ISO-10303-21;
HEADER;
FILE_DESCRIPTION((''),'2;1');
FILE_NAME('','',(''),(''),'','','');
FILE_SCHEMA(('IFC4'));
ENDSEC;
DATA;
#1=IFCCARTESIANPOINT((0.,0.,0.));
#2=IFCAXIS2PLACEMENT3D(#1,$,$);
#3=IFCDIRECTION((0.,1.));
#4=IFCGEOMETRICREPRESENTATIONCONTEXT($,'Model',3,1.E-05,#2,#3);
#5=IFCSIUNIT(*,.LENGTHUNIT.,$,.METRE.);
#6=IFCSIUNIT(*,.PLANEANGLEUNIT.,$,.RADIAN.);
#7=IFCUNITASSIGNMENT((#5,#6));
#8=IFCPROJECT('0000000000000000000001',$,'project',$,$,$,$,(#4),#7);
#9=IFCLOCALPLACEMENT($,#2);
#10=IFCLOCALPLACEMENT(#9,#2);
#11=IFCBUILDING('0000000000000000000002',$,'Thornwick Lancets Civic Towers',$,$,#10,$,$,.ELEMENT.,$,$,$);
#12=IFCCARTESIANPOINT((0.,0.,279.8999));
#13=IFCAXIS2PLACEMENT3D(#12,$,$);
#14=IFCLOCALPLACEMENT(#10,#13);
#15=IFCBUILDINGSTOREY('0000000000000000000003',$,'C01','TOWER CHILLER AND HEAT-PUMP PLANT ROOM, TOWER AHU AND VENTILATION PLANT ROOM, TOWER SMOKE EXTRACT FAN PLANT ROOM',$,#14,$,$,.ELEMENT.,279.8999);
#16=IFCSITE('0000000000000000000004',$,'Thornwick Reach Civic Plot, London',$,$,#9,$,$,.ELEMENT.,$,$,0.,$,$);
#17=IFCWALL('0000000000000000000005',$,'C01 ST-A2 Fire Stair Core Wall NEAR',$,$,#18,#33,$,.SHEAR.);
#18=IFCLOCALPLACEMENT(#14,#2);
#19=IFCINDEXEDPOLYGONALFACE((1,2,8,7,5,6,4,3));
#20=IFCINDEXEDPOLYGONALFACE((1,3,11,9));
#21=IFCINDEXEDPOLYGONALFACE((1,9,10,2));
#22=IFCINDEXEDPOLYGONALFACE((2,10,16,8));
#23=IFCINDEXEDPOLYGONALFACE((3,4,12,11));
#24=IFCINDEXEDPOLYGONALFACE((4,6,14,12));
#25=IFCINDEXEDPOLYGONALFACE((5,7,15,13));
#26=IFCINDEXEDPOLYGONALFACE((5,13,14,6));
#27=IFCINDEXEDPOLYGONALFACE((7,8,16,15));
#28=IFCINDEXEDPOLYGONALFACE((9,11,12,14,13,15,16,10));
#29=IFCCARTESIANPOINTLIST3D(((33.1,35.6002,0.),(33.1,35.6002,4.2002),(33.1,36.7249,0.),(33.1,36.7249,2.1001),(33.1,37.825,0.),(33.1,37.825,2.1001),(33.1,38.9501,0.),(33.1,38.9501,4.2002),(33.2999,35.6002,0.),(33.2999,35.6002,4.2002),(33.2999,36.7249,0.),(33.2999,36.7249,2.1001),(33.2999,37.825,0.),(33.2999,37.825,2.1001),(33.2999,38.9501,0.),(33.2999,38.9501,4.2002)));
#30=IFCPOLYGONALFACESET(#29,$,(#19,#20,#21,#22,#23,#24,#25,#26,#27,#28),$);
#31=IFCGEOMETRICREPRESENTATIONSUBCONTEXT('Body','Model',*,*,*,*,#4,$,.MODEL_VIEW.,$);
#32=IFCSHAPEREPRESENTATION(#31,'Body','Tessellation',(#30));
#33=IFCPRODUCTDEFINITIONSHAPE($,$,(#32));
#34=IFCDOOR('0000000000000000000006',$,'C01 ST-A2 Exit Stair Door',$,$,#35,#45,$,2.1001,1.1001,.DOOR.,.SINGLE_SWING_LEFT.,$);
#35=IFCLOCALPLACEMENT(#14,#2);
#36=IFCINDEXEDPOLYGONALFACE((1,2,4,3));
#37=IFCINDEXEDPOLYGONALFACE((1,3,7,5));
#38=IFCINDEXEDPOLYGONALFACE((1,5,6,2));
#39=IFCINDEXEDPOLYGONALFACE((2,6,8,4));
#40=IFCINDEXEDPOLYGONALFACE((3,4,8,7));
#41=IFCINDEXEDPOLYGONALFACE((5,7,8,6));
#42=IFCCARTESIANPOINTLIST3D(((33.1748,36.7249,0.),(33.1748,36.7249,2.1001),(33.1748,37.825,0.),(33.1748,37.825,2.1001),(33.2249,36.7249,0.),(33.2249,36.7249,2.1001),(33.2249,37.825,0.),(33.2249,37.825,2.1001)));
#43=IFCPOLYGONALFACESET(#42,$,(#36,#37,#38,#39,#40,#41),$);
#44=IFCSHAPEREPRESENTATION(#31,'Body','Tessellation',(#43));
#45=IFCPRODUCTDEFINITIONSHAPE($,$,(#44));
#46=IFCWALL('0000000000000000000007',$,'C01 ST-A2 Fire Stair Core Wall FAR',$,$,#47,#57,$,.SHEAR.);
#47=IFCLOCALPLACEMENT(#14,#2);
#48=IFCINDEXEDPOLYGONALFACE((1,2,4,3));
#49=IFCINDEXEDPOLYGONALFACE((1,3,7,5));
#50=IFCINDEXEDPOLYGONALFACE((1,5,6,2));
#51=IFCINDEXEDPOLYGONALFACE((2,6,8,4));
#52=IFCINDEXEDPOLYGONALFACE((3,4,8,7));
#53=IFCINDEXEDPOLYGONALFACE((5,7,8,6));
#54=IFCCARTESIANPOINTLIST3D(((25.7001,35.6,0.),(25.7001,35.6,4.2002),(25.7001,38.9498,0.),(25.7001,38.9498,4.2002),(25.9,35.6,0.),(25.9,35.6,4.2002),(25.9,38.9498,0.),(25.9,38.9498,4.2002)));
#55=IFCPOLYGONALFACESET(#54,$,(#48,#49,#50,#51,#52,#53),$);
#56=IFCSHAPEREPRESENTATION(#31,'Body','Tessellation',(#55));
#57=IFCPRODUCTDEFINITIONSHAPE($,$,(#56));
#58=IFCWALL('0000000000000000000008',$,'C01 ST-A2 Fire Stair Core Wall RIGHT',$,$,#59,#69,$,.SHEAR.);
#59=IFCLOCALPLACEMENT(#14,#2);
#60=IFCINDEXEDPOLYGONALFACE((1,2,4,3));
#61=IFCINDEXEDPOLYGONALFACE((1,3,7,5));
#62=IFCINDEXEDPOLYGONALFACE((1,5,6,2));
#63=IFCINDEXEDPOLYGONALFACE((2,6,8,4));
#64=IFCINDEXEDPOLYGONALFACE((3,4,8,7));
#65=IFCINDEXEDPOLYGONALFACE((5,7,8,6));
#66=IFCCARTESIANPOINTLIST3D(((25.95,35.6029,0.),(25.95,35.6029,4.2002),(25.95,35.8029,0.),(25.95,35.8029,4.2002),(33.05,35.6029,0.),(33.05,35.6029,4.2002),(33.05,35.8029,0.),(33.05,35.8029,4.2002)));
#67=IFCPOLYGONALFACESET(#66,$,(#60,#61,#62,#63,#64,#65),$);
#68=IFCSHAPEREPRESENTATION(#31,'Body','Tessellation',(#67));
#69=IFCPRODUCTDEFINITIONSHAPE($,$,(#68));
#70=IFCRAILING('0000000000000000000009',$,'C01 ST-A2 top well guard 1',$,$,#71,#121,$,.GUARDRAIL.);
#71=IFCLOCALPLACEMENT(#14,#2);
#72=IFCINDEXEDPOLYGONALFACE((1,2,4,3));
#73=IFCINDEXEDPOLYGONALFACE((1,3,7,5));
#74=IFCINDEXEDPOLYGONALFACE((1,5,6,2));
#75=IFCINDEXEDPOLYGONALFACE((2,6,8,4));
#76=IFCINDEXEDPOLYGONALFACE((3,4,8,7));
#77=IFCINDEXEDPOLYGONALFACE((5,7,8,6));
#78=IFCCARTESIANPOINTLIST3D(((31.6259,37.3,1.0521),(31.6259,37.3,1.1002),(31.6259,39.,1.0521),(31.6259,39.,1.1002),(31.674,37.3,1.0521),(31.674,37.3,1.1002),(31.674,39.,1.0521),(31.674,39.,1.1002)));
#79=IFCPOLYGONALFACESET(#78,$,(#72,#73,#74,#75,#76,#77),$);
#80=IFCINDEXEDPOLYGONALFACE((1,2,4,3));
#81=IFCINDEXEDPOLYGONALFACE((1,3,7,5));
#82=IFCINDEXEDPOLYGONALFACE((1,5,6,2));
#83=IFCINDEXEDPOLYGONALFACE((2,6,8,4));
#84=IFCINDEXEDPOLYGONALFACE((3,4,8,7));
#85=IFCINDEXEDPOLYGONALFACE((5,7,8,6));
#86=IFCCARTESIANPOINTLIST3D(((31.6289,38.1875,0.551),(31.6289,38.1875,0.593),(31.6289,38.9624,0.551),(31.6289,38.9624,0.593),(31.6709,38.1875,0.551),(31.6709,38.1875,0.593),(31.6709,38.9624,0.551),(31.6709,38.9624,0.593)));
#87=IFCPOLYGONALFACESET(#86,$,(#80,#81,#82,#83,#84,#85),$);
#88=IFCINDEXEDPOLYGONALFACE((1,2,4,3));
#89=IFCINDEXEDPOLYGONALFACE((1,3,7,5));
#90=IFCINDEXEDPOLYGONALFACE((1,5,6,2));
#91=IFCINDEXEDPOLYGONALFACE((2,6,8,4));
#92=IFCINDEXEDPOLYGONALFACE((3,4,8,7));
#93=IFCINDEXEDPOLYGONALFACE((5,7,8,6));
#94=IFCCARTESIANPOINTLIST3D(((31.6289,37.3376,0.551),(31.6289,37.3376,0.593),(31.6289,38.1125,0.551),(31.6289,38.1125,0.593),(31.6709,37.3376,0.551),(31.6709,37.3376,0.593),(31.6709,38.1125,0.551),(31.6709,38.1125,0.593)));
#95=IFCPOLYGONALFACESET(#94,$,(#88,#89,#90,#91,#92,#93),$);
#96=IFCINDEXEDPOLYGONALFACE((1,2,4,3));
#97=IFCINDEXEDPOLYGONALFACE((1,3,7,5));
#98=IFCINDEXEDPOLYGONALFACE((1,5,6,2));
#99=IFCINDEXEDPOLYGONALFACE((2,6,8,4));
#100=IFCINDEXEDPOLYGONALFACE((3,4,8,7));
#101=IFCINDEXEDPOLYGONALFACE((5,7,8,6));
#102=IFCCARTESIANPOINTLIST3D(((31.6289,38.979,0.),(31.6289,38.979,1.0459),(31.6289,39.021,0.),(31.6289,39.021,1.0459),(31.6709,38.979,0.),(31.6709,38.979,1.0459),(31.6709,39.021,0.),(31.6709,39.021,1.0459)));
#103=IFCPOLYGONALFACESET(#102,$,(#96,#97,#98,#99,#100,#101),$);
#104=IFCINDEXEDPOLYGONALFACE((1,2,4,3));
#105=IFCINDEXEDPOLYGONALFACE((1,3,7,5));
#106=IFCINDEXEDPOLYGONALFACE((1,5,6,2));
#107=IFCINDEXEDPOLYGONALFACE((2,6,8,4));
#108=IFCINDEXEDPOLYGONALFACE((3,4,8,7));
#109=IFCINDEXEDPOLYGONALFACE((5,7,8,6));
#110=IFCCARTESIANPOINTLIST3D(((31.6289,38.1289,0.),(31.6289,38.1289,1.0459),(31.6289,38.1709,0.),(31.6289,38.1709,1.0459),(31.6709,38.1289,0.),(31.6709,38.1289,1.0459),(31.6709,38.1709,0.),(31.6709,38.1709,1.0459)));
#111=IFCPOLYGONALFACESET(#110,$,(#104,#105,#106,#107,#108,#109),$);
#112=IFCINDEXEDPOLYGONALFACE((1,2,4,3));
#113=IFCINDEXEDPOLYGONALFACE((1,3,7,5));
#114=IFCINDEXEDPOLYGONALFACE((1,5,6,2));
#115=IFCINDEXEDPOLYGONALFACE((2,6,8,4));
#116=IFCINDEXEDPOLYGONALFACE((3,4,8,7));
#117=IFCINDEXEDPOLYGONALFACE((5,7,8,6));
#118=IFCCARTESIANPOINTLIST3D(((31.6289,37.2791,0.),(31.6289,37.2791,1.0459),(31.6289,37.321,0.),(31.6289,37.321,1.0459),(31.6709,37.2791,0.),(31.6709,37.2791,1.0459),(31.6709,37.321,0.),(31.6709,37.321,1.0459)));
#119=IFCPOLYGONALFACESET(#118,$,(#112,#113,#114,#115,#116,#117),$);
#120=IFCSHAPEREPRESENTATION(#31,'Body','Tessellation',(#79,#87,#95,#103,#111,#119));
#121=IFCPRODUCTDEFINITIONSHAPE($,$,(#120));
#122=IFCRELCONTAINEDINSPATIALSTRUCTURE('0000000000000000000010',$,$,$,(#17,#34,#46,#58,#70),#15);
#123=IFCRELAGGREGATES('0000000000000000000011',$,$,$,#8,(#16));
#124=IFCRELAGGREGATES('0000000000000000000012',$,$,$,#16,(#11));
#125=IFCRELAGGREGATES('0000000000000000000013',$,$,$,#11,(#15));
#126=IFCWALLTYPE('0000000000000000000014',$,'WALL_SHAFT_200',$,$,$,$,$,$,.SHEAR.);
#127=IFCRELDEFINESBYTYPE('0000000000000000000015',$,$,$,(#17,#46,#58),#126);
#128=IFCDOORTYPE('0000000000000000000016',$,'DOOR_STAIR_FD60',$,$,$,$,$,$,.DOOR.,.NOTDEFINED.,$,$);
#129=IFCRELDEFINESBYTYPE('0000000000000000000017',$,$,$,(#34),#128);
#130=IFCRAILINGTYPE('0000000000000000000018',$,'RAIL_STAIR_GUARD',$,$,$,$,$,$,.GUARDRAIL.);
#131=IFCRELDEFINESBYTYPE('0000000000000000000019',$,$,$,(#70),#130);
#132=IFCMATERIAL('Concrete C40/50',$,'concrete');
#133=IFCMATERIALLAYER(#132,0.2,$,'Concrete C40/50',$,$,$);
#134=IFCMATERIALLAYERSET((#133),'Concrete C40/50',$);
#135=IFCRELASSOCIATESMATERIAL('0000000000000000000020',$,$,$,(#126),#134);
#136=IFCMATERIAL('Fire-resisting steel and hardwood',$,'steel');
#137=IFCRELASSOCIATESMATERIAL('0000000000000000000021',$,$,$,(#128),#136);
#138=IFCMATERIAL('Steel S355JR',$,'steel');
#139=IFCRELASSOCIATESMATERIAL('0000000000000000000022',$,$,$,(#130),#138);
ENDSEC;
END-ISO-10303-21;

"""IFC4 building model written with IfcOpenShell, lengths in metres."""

from ifc_helpers import new_model, si_unit, direction, frame, frame_2d, origin, origin_2d, place, context, subcontext, project, spatial, rectangle, extrude, material, layer, layer_set, type_object, element, fill, save


model = new_model("IFC4")

# Units and contexts
model_context = context("Model", 3, precision=1e-05, world=origin(), true_north=direction((0.0, 1.0)))
body_context = subcontext(model_context, "Body", "Model", "MODEL_VIEW")
ifc_project = project(units=[si_unit("LENGTHUNIT", "METRE"), si_unit("PLANEANGLEUNIT", "RADIAN")], contexts=[model_context])

# Site, building, storey
site_placement = place(None, origin())
site = spatial("IfcSite", under=ifc_project, at=site_placement, Name="Thornwick Reach Civic Plot, London", CompositionType="ELEMENT", RefElevation=0.0)
building_placement = place(site_placement, origin())
building = spatial("IfcBuilding", under=site, at=building_placement, Name="Thornwick Lancets Civic Towers", CompositionType="ELEMENT")
storey_placement = place(building_placement, frame((0.0, 0.0, 279.8999)))
storey = spatial("IfcBuildingStorey", under=building, at=storey_placement, Name="C01", Description="TOWER CHILLER AND HEAT-PUMP PLANT ROOM, TOWER AHU AND VENTILATION PLANT ROOM, TOWER SMOKE EXTRACT FAN PLANT ROOM", CompositionType="ELEMENT", Elevation=279.8999)

# Shared definitions
ifc_material_1 = material(Name="Steel S355JR", Category="steel")

# Wall, opening, door
ifc_material_2 = material(Name="Concrete C40/50", Category="concrete")
ifc_layer_1 = layer(ifc_material_2, 0.2, Name="Concrete C40/50")
ifc_layer_set_1 = layer_set([ifc_layer_1], Name="Concrete C40/50")
wall_type_1 = type_object("IfcWallType", Name="WALL_SHAFT_200", PredefinedType="SHEAR", material=ifc_layer_set_1)
wall_1_placement = place(storey_placement, frame((33.2, 38.95, 0.0), z_axis=(0.0, 0.0, 1.0), x_axis=(0.0, -1.0, 0.0)))
wall_1 = element("IfcWall", 1, at=wall_1_placement, inside=storey, type_object=wall_type_1, Name="C01 ST-A2 Fire Stair Core Wall NEAR", PredefinedType="SHEAR", context=body_context, shape_type="SweptSolid", body=[
    extrude(rectangle(XDim=3.3499, YDim=0.2, at=frame_2d((1.6748, 0.0))), origin(), (0.0, 0.0, 1.0), 4.2002),
])
opening_1_placement = place(wall_1_placement, frame((1.125, 0.0, 0.0)))
opening_1 = element("IfcOpeningElement", 2, at=opening_1_placement, cuts=wall_1, PredefinedType="OPENING", context=body_context, shape_type="SweptSolid", body=[
    extrude(rectangle(XDim=1.1001, YDim=2.1001, at=frame_2d((0.55, 1.05))), frame((0.0, 0.1099, 0.0), z_axis=(0.0, -1.0, 0.0), x_axis=(1.0, 0.0, 0.0)), (0.0, 0.0, 1.0), 0.22),
])
ifc_material_3 = material(Name="Fire-resisting steel and hardwood", Category="steel")
door_type_1 = type_object("IfcDoorType", Name="DOOR_STAIR_FD60", OperationType="NOTDEFINED", PredefinedType="DOOR", material=ifc_material_3)
door_1_placement = place(opening_1_placement, origin())
door_1 = element("IfcDoor", 3, at=door_1_placement, inside=storey, type_object=door_type_1, Name="C01 ST-A2 Exit Stair Door", OperationType="SINGLE_SWING_LEFT", OverallHeight=2.1001, OverallWidth=1.1001, PredefinedType="DOOR", context=body_context, shape_type="SweptSolid", body=[
    extrude(rectangle(XDim=1.1001, YDim=2.1001, at=frame_2d((0.55, 1.05))), frame((0.0, 0.0249, 0.0), z_axis=(0.0, -1.0, 0.0), x_axis=(1.0, 0.0, 0.0)), (0.0, 0.0, 1.0), 0.05),
])
fill(opening_1, door_1)

# Walls
wall_2_placement = place(storey_placement, frame((25.8, 35.6001, 0.0), z_axis=(0.0, 0.0, 1.0), x_axis=(0.0, 1.0, 0.0)))
element("IfcWall", 4, at=wall_2_placement, inside=storey, type_object=wall_type_1, Name="C01 ST-A2 Fire Stair Core Wall FAR", PredefinedType="SHEAR", context=body_context, shape_type="SweptSolid", body=[
    extrude(rectangle(XDim=3.3499, YDim=0.2, at=frame_2d((1.6748, 0.0))), origin(), (0.0, 0.0, 1.0), 4.2002),
])
wall_3_placement = place(storey_placement, frame((25.95, 35.7029, 0.0), z_axis=(0.0, 0.0, 1.0), x_axis=(1.0, 0.0, 0.0)))
element("IfcWall", 5, at=wall_3_placement, inside=storey, type_object=wall_type_1, Name="C01 ST-A2 Fire Stair Core Wall RIGHT", PredefinedType="SHEAR", context=body_context, shape_type="SweptSolid", body=[
    extrude(rectangle(XDim=7.1001, YDim=0.2, at=frame_2d((3.55, 0.0))), origin(), (0.0, 0.0, 1.0), 4.2002),
])

# Railing
railing_type = type_object("IfcRailingType", Name="RAIL_STAIR_GUARD", PredefinedType="GUARDRAIL", material=ifc_material_1)
railing_placement = place(storey_placement, frame((31.6499, 39.0, 0.0)))
element("IfcRailing", 6, at=railing_placement, inside=storey, type_object=railing_type, Name="C01 ST-A2 top well guard 1", PredefinedType="GUARDRAIL", context=body_context, shape_type="SweptSolid", body=[
    extrude(rectangle(XDim=0.0481, YDim=0.0481, at=origin_2d()), frame((0.0, 0.0, 1.0762), z_axis=(0.0, -1.0, 0.0), x_axis=(1.0, 0.0, 0.0)), (0.0, 0.0, 1.0), 1.7),
    extrude(rectangle(XDim=0.042, YDim=0.042, at=origin_2d()), frame((0.0, -0.0376, 0.572), z_axis=(0.0, -1.0, 0.0), x_axis=(1.0, 0.0, 0.0)), (0.0, 0.0, 1.0), 0.7749),
    extrude(rectangle(XDim=0.042, YDim=0.042, at=origin_2d()), frame((0.0, -0.8875, 0.572), z_axis=(0.0, -1.0, 0.0), x_axis=(1.0, 0.0, 0.0)), (0.0, 0.0, 1.0), 0.7749),
    extrude(rectangle(XDim=0.042, YDim=0.042, at=origin_2d()), origin(), (0.0, 0.0, 1.0), 1.0459),
    extrude(rectangle(XDim=0.042, YDim=0.042, at=origin_2d()), frame((0.0, -0.8501, 0.0)), (0.0, 0.0, 1.0), 1.0459),
    extrude(rectangle(XDim=0.042, YDim=0.042, at=origin_2d()), frame((0.0, -1.7, 0.0)), (0.0, 0.0, 1.0), 1.0459),
])

save(model, "model.ifc")
